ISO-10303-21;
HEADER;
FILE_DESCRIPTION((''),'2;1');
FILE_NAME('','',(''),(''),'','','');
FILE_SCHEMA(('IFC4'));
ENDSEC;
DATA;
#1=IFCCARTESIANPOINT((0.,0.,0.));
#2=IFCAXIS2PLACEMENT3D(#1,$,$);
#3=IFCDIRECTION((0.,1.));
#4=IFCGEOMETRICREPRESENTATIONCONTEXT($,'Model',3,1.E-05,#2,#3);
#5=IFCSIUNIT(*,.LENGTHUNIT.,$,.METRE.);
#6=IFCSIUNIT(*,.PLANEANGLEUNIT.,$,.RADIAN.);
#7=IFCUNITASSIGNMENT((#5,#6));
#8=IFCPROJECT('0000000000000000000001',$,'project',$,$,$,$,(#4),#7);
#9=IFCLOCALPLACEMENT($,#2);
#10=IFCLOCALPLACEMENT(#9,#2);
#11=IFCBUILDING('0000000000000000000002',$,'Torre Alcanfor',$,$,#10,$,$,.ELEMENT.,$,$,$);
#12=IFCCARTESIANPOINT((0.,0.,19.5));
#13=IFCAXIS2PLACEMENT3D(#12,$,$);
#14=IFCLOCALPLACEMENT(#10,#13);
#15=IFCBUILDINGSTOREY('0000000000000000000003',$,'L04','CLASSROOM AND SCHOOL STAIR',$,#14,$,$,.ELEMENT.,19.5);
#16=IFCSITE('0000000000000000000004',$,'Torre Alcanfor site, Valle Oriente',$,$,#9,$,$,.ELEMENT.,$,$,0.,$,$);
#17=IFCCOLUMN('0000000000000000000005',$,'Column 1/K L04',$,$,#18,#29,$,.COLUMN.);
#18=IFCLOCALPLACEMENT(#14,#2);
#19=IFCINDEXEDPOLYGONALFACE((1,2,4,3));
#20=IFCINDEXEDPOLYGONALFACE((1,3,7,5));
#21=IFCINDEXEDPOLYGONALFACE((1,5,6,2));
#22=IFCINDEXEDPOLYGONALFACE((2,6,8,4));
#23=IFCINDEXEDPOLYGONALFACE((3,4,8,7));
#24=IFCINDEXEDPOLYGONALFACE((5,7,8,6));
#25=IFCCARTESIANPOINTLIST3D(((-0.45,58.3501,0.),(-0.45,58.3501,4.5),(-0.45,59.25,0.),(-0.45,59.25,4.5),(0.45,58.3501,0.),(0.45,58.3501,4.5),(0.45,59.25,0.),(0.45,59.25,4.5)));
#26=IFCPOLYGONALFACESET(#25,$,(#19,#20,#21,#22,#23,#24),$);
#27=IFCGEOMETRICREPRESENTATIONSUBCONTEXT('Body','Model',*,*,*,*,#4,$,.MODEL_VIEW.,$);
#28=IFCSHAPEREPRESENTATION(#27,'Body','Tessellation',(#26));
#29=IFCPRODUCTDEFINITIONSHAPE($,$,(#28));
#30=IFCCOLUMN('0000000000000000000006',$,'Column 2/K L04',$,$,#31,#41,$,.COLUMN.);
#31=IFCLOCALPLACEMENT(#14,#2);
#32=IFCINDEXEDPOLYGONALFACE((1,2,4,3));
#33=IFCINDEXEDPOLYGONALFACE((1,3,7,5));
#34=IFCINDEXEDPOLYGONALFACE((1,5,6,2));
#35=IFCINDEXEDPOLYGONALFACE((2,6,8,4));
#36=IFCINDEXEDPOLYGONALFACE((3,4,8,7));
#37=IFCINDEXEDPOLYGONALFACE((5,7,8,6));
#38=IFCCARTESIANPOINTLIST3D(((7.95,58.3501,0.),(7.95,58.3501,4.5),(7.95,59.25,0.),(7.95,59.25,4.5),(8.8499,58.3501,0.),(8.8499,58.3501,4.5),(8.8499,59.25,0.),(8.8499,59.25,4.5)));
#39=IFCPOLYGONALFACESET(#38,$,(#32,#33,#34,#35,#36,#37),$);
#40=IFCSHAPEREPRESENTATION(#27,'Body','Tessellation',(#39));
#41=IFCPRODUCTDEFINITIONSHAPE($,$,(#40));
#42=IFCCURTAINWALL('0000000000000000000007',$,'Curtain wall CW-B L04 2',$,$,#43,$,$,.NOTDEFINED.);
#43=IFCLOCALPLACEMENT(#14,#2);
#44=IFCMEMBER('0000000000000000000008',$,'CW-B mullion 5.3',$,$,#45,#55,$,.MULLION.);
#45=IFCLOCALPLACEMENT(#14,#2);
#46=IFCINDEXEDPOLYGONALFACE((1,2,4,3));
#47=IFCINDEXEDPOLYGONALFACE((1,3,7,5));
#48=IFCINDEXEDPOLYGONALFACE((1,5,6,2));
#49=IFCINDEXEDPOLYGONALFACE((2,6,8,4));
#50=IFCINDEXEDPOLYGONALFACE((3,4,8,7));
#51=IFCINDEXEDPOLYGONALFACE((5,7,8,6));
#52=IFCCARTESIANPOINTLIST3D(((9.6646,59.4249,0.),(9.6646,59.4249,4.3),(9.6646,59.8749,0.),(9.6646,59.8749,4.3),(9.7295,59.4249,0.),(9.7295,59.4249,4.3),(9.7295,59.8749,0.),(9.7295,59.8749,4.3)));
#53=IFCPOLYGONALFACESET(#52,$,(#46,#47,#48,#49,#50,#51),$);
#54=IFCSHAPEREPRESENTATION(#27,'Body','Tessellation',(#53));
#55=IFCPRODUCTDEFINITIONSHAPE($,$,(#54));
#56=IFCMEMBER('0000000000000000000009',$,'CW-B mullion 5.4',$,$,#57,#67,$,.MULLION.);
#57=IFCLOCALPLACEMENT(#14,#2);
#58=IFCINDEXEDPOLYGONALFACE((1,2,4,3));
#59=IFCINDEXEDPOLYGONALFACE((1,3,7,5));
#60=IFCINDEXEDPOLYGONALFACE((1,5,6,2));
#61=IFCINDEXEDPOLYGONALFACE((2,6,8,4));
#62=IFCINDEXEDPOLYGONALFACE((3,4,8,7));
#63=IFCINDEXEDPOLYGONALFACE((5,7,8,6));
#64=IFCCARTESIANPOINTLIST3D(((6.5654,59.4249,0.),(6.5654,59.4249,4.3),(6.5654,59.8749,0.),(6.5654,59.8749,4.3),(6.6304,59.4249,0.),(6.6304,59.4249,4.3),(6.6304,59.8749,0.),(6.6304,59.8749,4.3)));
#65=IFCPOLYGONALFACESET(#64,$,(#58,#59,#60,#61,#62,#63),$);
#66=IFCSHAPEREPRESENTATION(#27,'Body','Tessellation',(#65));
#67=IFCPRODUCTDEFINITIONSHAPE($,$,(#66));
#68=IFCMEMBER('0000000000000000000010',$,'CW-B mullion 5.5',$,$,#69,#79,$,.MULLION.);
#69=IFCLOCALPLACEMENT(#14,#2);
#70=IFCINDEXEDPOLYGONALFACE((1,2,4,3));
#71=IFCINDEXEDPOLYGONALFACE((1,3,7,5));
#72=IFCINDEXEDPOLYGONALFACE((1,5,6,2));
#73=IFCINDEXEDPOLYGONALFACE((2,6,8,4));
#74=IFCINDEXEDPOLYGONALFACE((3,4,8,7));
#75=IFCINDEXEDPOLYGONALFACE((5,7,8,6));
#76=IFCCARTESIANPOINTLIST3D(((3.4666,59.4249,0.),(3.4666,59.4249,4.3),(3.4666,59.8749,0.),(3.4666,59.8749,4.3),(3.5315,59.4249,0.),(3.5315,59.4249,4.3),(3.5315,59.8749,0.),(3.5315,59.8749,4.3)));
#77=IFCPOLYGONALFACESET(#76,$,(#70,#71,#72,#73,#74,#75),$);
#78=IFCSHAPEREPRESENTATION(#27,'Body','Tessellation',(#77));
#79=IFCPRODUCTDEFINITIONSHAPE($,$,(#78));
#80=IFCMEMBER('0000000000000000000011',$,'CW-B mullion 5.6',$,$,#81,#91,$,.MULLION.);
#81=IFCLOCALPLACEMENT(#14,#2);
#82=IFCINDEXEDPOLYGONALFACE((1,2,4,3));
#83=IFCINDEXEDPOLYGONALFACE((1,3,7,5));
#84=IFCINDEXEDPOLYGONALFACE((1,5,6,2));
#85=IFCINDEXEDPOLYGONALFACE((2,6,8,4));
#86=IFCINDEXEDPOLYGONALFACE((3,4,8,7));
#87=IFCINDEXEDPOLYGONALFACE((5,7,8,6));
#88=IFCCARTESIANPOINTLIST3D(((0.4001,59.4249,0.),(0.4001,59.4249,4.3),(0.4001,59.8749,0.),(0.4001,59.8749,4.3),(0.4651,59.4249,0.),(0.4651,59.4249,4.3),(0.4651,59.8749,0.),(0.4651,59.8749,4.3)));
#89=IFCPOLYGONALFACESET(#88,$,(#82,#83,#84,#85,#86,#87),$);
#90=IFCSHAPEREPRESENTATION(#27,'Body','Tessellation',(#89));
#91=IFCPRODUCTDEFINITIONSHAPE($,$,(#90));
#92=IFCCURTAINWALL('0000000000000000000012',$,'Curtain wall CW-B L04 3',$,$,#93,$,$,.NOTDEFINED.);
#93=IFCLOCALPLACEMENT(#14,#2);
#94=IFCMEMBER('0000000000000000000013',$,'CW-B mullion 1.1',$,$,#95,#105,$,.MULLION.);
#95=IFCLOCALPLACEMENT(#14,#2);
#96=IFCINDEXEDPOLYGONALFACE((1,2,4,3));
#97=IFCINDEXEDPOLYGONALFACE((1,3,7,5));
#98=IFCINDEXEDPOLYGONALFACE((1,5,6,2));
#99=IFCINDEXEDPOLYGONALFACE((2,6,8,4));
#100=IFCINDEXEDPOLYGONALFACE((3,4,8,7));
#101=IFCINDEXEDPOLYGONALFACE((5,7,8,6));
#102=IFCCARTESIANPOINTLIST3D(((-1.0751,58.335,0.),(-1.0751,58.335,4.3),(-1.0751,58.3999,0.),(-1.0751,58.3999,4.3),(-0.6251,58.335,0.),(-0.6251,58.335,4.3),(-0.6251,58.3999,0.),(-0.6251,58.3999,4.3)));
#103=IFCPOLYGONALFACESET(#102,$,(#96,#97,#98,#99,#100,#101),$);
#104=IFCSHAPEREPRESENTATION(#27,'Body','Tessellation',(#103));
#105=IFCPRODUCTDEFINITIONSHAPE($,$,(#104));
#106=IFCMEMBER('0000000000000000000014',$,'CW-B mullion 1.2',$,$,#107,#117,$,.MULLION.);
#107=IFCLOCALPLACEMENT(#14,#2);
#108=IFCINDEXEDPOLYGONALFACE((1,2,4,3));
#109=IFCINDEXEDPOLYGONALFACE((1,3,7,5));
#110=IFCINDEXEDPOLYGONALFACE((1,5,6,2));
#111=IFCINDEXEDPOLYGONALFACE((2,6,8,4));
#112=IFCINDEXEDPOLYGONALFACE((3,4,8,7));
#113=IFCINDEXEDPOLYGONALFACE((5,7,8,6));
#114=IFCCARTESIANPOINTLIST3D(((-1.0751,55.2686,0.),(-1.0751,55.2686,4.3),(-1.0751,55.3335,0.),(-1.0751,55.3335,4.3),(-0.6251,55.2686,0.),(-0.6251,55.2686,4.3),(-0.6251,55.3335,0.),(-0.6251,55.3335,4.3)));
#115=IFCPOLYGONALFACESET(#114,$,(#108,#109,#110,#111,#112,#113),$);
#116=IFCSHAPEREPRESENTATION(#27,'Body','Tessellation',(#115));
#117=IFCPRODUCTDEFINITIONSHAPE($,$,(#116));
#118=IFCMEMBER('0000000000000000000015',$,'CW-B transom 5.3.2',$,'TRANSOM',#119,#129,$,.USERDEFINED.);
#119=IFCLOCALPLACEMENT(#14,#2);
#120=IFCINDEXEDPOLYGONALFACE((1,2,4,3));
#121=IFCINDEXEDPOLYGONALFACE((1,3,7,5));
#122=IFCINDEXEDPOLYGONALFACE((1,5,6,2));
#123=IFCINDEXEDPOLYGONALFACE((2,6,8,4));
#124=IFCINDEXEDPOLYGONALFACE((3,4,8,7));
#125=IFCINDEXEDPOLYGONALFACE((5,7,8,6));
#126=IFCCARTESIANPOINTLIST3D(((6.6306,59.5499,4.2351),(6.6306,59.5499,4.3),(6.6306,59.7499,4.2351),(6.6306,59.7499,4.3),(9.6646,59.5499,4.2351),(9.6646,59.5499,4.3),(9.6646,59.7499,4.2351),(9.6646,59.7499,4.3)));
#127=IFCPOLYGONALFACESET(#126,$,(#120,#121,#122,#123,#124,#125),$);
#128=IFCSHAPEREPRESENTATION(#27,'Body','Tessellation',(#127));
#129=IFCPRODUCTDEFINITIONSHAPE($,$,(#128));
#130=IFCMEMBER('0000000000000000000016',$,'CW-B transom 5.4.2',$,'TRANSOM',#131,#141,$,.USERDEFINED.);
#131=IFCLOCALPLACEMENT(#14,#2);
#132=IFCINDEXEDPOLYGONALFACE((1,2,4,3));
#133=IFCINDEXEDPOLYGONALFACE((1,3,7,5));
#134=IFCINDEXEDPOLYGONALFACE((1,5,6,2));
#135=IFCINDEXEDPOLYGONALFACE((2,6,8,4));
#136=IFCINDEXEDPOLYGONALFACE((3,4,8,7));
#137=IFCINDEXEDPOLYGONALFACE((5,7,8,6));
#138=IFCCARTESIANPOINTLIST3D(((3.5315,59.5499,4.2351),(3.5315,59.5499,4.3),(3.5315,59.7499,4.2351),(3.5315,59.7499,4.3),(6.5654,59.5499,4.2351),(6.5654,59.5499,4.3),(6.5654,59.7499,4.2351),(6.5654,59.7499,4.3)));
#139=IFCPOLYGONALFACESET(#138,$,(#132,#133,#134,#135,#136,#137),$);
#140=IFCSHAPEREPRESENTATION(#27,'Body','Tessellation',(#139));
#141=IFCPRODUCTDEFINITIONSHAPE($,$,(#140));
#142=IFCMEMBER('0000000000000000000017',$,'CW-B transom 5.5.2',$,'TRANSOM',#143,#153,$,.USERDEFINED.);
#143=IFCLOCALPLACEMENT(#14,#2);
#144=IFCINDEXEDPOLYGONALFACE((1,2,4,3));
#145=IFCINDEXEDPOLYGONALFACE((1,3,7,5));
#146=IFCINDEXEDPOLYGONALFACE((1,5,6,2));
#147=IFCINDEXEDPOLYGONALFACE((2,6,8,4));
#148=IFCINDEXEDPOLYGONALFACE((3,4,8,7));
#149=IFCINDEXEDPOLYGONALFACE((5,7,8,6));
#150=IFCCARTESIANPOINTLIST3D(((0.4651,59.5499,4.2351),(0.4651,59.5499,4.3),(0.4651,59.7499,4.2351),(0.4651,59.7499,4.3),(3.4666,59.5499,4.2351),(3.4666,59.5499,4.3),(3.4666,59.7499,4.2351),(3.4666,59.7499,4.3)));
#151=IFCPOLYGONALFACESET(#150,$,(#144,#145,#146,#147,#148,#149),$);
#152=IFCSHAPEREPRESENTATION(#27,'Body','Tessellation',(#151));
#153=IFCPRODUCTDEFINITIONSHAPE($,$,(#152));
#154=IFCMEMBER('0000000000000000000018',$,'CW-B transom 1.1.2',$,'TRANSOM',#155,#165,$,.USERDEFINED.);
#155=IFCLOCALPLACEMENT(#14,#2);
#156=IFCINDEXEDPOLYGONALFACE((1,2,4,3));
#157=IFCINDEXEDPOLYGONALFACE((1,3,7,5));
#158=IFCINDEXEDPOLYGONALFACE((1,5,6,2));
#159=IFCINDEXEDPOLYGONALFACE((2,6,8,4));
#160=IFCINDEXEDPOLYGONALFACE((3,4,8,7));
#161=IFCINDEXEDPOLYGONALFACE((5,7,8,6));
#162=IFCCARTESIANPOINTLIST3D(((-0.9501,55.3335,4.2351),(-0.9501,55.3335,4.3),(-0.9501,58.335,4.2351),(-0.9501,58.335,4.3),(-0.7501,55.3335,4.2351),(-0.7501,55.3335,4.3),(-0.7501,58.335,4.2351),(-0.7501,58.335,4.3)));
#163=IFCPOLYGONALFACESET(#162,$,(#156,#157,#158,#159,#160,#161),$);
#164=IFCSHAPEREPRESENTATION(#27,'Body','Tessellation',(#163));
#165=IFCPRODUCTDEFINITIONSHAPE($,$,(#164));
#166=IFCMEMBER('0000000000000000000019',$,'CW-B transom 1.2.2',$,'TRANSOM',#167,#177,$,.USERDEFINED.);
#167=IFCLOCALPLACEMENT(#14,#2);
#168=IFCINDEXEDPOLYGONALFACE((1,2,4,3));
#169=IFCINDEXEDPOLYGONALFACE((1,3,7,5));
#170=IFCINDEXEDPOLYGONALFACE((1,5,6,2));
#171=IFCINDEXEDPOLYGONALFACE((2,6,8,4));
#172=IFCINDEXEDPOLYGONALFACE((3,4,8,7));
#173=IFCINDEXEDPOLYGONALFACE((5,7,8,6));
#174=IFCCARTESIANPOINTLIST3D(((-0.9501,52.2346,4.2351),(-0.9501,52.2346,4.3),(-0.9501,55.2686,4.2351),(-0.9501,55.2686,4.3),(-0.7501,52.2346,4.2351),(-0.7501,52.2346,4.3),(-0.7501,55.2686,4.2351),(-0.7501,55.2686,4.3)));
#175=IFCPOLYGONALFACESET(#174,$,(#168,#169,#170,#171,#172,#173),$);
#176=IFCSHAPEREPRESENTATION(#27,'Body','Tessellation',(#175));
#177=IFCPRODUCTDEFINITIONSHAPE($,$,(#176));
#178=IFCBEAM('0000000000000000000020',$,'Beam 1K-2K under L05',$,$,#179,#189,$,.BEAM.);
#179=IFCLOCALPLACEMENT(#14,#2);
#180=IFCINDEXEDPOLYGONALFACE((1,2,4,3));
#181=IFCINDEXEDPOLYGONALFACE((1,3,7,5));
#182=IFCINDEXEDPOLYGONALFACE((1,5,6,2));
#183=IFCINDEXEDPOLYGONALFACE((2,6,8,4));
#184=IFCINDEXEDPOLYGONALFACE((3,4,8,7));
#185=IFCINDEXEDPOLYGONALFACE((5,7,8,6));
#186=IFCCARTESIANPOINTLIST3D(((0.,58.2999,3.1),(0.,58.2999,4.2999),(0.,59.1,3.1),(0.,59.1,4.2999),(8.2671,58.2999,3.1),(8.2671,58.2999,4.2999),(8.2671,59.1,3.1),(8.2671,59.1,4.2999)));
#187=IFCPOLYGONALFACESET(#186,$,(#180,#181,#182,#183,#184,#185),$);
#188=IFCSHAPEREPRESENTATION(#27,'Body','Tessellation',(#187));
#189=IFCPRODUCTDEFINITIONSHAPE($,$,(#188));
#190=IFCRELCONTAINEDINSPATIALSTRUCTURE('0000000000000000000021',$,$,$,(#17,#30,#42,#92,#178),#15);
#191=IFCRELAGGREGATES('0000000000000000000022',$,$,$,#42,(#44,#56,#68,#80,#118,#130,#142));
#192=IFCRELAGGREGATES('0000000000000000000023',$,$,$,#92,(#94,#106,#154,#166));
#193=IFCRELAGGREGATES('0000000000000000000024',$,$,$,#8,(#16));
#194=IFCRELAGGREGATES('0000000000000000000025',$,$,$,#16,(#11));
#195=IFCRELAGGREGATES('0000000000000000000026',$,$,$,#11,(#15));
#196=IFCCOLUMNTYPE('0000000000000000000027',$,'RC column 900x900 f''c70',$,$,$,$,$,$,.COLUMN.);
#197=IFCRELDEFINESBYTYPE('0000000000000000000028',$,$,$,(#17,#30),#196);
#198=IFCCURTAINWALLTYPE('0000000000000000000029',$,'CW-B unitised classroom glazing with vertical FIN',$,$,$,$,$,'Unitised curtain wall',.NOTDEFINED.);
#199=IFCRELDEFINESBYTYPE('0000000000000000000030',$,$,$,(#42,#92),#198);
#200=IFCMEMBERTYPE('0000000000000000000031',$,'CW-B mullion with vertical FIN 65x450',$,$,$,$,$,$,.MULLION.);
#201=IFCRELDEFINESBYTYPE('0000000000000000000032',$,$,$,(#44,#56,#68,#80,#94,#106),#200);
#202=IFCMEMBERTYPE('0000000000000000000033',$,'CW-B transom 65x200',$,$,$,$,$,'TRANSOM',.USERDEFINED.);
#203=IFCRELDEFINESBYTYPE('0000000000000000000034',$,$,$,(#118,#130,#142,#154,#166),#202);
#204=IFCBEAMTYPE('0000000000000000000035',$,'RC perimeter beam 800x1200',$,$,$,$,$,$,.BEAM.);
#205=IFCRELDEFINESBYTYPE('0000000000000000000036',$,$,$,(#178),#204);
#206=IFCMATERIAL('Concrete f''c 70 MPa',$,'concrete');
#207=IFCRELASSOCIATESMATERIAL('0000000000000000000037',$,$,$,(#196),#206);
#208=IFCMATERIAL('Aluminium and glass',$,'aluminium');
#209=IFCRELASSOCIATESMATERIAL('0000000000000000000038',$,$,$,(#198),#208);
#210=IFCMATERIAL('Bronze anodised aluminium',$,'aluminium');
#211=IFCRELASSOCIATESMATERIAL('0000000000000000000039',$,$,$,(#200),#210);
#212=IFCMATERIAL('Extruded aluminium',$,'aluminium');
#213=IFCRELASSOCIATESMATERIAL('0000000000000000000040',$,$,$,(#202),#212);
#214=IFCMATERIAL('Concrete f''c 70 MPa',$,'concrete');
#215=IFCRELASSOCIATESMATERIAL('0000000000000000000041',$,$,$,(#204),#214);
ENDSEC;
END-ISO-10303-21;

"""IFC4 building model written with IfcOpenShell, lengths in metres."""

from ifc_helpers import new_model, si_unit, direction, frame, origin, origin_2d, place, context, subcontext, project, spatial, rectangle, extrude, material, material_profile, profile_set, type_object, element, aggregate, save


model = new_model("IFC4")

# Units and contexts
model_context = context("Model", 3, precision=1e-05, world=origin(), true_north=direction((0.0, 1.0)))
body_context = subcontext(model_context, "Body", "Model", "MODEL_VIEW")
ifc_project = project(units=[si_unit("LENGTHUNIT", "METRE"), si_unit("PLANEANGLEUNIT", "RADIAN")], contexts=[model_context])

# Site, building, storey
site_placement = place(None, origin())
site = spatial("IfcSite", under=ifc_project, at=site_placement, Name="Torre Alcanfor site, Valle Oriente", CompositionType="ELEMENT", RefElevation=0.0)
building_placement = place(site_placement, origin())
building = spatial("IfcBuilding", under=site, at=building_placement, Name="Torre Alcanfor", CompositionType="ELEMENT")
storey_placement = place(building_placement, frame((0.0, 0.0, 19.5)))
storey = spatial("IfcBuildingStorey", under=building, at=storey_placement, Name="L04", Description="CLASSROOM AND SCHOOL STAIR", CompositionType="ELEMENT", Elevation=19.5)

# Columns
ifc_material_1 = material(Name="Concrete f'c 70 MPa", Category="concrete")
ifc_material_profile_1 = material_profile(ifc_material_1, rectangle(XDim=0.8999, YDim=0.8999, at=origin_2d()), Name="900x900")
ifc_profile_set_1 = profile_set([ifc_material_profile_1], Name="Concrete f'c 70 MPa")
column_type = type_object("IfcColumnType", Name="RC column 900x900 f'c70", PredefinedType="COLUMN", material=ifc_profile_set_1)
for number, where, z_axis, x_axis, name in (
    (1, (0.0, 58.8, 0.0), (0.0, 0.0, 1.0), (1.0, 0.0, 0.0), "Column 1/K L04"),
    (2, (8.3999, 58.8, 0.0), (0.0, 0.0, 1.0), (1.0, 0.0, 0.0), "Column 2/K L04"),
):
    element("IfcColumn", number, at=place(storey_placement, frame(where, z_axis=z_axis, x_axis=x_axis)), inside=storey, type_object=column_type, Name=name, PredefinedType="COLUMN", context=body_context, shape_type="SweptSolid", body=[
        extrude(rectangle(XDim=0.8999, YDim=0.8999, at=origin_2d()), origin(), (0.0, 0.0, 1.0), 4.5),
    ])

# Curtain walls, members
ifc_material_2 = material(Name="Aluminium and glass", Category="aluminium")
curtain_wall_type = type_object("IfcCurtainWallType", Name="CW-B unitised classroom glazing with vertical FIN", ElementType="Unitised curtain wall", PredefinedType="NOTDEFINED", material=ifc_material_2)
curtain_wall_1_placement = place(storey_placement, origin())
curtain_wall_1 = element("IfcCurtainWall", 3, at=curtain_wall_1_placement, inside=storey, type_object=curtain_wall_type, Name="Curtain wall CW-B L04 2", PredefinedType="NOTDEFINED")
ifc_material_3 = material(Name="Bronze anodised aluminium", Category="aluminium")
ifc_material_profile_2 = material_profile(ifc_material_3, rectangle(XDim=0.45, YDim=0.0649, at=origin_2d()), Name="CW-B mullion 65x450")
ifc_profile_set_2 = profile_set([ifc_material_profile_2], Name="Bronze anodised aluminium")
member_type_1 = type_object("IfcMemberType", Name="CW-B mullion with vertical FIN 65x450", PredefinedType="MULLION", material=ifc_profile_set_2)
member_1_placement = place(storey_placement, frame((9.697, 59.6499, 0.0), z_axis=(0.0, 0.0, 1.0), x_axis=(0.0, -1.0, 0.0)))
member_1 = element("IfcMember", 4, at=member_1_placement, type_object=member_type_1, Name="CW-B mullion 5.3", PredefinedType="MULLION", context=body_context, shape_type="SweptSolid", body=[
    extrude(rectangle(XDim=0.45, YDim=0.0649, at=origin_2d()), origin(), (0.0, 0.0, 1.0), 4.3),
])
member_2_placement = place(storey_placement, frame((6.5979, 59.6499, 0.0), z_axis=(0.0, 0.0, 1.0), x_axis=(0.0, -1.0, 0.0)))
member_2 = element("IfcMember", 5, at=member_2_placement, type_object=member_type_1, Name="CW-B mullion 5.4", PredefinedType="MULLION", context=body_context, shape_type="SweptSolid", body=[
    extrude(rectangle(XDim=0.45, YDim=0.0649, at=origin_2d()), origin(), (0.0, 0.0, 1.0), 4.3),
])
member_3_placement = place(storey_placement, frame((3.499, 59.6499, 0.0), z_axis=(0.0, 0.0, 1.0), x_axis=(0.0, -1.0, 0.0)))
member_3 = element("IfcMember", 6, at=member_3_placement, type_object=member_type_1, Name="CW-B mullion 5.5", PredefinedType="MULLION", context=body_context, shape_type="SweptSolid", body=[
    extrude(rectangle(XDim=0.45, YDim=0.0649, at=origin_2d()), origin(), (0.0, 0.0, 1.0), 4.3),
])
member_4_placement = place(storey_placement, frame((0.4326, 59.6499, 0.0), z_axis=(0.0, 0.0, 1.0), x_axis=(0.0, -1.0, 0.0)))
member_4 = element("IfcMember", 7, at=member_4_placement, type_object=member_type_1, Name="CW-B mullion 5.6", PredefinedType="MULLION", context=body_context, shape_type="SweptSolid", body=[
    extrude(rectangle(XDim=0.45, YDim=0.0649, at=origin_2d()), origin(), (0.0, 0.0, 1.0), 4.3),
])
curtain_wall_2_placement = place(storey_placement, origin())
curtain_wall_2 = element("IfcCurtainWall", 8, at=curtain_wall_2_placement, inside=storey, type_object=curtain_wall_type, Name="Curtain wall CW-B L04 3", PredefinedType="NOTDEFINED")
member_5_placement = place(storey_placement, frame((-0.8501, 58.3674, 0.0), z_axis=(0.0, 0.0, 1.0), x_axis=(1.0, 0.0, 0.0)))
member_5 = element("IfcMember", 9, at=member_5_placement, type_object=member_type_1, Name="CW-B mullion 1.1", PredefinedType="MULLION", context=body_context, shape_type="SweptSolid", body=[
    extrude(rectangle(XDim=0.45, YDim=0.0649, at=origin_2d()), origin(), (0.0, 0.0, 1.0), 4.3),
])
member_6_placement = place(storey_placement, frame((-0.8501, 55.301, 0.0), z_axis=(0.0, 0.0, 1.0), x_axis=(1.0, 0.0, 0.0)))
member_6 = element("IfcMember", 10, at=member_6_placement, type_object=member_type_1, Name="CW-B mullion 1.2", PredefinedType="MULLION", context=body_context, shape_type="SweptSolid", body=[
    extrude(rectangle(XDim=0.45, YDim=0.0649, at=origin_2d()), origin(), (0.0, 0.0, 1.0), 4.3),
])

# Members
ifc_material_4 = material(Name="Extruded aluminium", Category="aluminium")
ifc_material_profile_3 = material_profile(ifc_material_4, rectangle(XDim=0.2, YDim=0.0649, at=origin_2d()), Name="CW-B transom 200x65")
ifc_profile_set_3 = profile_set([ifc_material_profile_3], Name="Extruded aluminium")
member_type_2 = type_object("IfcMemberType", Name="CW-B transom 65x200", ElementType="TRANSOM", PredefinedType="USERDEFINED", material=ifc_profile_set_3)
member_7_placement = place(storey_placement, frame((9.6646, 59.6499, 4.2676), z_axis=(-1.0, 0.0, 0.0), x_axis=(0.0, -1.0, 0.0)))
member_7 = element("IfcMember", 11, at=member_7_placement, type_object=member_type_2, Name="CW-B transom 5.3.2", ObjectType="TRANSOM", PredefinedType="USERDEFINED", context=body_context, shape_type="SweptSolid", body=[
    extrude(rectangle(XDim=0.2, YDim=0.0649, at=origin_2d()), origin(), (0.0, 0.0, 1.0), 3.0339),
])
member_8_placement = place(storey_placement, frame((6.5654, 59.6499, 4.2676), z_axis=(-1.0, 0.0, 0.0), x_axis=(0.0, -1.0, 0.0)))
member_8 = element("IfcMember", 12, at=member_8_placement, type_object=member_type_2, Name="CW-B transom 5.4.2", ObjectType="TRANSOM", PredefinedType="USERDEFINED", context=body_context, shape_type="SweptSolid", body=[
    extrude(rectangle(XDim=0.2, YDim=0.0649, at=origin_2d()), origin(), (0.0, 0.0, 1.0), 3.0339),
])
member_9_placement = place(storey_placement, frame((3.4666, 59.6499, 4.2676), z_axis=(-1.0, 0.0, 0.0), x_axis=(0.0, -1.0, 0.0)))
member_9 = element("IfcMember", 13, at=member_9_placement, type_object=member_type_2, Name="CW-B transom 5.5.2", ObjectType="TRANSOM", PredefinedType="USERDEFINED", context=body_context, shape_type="SweptSolid", body=[
    extrude(rectangle(XDim=0.2, YDim=0.0649, at=origin_2d()), origin(), (0.0, 0.0, 1.0), 3.0015),
])
member_10_placement = place(storey_placement, frame((-0.8501, 58.335, 4.2676), z_axis=(0.0, -1.0, 0.0), x_axis=(1.0, 0.0, 0.0)))
member_10 = element("IfcMember", 14, at=member_10_placement, type_object=member_type_2, Name="CW-B transom 1.1.2", ObjectType="TRANSOM", PredefinedType="USERDEFINED", context=body_context, shape_type="SweptSolid", body=[
    extrude(rectangle(XDim=0.2, YDim=0.0649, at=origin_2d()), origin(), (0.0, 0.0, 1.0), 3.0015),
])
member_11_placement = place(storey_placement, frame((-0.8501, 55.2686, 4.2676), z_axis=(0.0, -1.0, 0.0), x_axis=(1.0, 0.0, 0.0)))
member_11 = element("IfcMember", 15, at=member_11_placement, type_object=member_type_2, Name="CW-B transom 1.2.2", ObjectType="TRANSOM", PredefinedType="USERDEFINED", context=body_context, shape_type="SweptSolid", body=[
    extrude(rectangle(XDim=0.2, YDim=0.0649, at=origin_2d()), origin(), (0.0, 0.0, 1.0), 3.0339),
])

# Beam
ifc_material_5 = material(Name="Concrete f'c 70 MPa", Category="concrete")
ifc_material_profile_4 = material_profile(ifc_material_5, rectangle(XDim=0.8, YDim=1.2, at=origin_2d()), Name="800x1200")
ifc_profile_set_4 = profile_set([ifc_material_profile_4], Name="Concrete f'c 70 MPa")
beam_type = type_object("IfcBeamType", Name="RC perimeter beam 800x1200", PredefinedType="BEAM", material=ifc_profile_set_4)
beam_1_placement = place(storey_placement, frame((0.0, 58.7, 3.7), z_axis=(1.0, 0.0, 0.0), x_axis=(0.0, 1.0, 0.0)))
element("IfcBeam", 16, at=beam_1_placement, inside=storey, type_object=beam_type, Name="Beam 1K-2K under L05", PredefinedType="BEAM", context=body_context, shape_type="SweptSolid", body=[
    extrude(rectangle(XDim=0.8, YDim=1.2, at=origin_2d()), origin(), (0.0, 0.0, 1.0), 8.2671),
])

aggregate(curtain_wall_1, [member_1, member_2, member_3, member_4, member_7, member_8, member_9])
aggregate(curtain_wall_2, [member_5, member_6, member_10, member_11])

save(model, "model.ifc")
